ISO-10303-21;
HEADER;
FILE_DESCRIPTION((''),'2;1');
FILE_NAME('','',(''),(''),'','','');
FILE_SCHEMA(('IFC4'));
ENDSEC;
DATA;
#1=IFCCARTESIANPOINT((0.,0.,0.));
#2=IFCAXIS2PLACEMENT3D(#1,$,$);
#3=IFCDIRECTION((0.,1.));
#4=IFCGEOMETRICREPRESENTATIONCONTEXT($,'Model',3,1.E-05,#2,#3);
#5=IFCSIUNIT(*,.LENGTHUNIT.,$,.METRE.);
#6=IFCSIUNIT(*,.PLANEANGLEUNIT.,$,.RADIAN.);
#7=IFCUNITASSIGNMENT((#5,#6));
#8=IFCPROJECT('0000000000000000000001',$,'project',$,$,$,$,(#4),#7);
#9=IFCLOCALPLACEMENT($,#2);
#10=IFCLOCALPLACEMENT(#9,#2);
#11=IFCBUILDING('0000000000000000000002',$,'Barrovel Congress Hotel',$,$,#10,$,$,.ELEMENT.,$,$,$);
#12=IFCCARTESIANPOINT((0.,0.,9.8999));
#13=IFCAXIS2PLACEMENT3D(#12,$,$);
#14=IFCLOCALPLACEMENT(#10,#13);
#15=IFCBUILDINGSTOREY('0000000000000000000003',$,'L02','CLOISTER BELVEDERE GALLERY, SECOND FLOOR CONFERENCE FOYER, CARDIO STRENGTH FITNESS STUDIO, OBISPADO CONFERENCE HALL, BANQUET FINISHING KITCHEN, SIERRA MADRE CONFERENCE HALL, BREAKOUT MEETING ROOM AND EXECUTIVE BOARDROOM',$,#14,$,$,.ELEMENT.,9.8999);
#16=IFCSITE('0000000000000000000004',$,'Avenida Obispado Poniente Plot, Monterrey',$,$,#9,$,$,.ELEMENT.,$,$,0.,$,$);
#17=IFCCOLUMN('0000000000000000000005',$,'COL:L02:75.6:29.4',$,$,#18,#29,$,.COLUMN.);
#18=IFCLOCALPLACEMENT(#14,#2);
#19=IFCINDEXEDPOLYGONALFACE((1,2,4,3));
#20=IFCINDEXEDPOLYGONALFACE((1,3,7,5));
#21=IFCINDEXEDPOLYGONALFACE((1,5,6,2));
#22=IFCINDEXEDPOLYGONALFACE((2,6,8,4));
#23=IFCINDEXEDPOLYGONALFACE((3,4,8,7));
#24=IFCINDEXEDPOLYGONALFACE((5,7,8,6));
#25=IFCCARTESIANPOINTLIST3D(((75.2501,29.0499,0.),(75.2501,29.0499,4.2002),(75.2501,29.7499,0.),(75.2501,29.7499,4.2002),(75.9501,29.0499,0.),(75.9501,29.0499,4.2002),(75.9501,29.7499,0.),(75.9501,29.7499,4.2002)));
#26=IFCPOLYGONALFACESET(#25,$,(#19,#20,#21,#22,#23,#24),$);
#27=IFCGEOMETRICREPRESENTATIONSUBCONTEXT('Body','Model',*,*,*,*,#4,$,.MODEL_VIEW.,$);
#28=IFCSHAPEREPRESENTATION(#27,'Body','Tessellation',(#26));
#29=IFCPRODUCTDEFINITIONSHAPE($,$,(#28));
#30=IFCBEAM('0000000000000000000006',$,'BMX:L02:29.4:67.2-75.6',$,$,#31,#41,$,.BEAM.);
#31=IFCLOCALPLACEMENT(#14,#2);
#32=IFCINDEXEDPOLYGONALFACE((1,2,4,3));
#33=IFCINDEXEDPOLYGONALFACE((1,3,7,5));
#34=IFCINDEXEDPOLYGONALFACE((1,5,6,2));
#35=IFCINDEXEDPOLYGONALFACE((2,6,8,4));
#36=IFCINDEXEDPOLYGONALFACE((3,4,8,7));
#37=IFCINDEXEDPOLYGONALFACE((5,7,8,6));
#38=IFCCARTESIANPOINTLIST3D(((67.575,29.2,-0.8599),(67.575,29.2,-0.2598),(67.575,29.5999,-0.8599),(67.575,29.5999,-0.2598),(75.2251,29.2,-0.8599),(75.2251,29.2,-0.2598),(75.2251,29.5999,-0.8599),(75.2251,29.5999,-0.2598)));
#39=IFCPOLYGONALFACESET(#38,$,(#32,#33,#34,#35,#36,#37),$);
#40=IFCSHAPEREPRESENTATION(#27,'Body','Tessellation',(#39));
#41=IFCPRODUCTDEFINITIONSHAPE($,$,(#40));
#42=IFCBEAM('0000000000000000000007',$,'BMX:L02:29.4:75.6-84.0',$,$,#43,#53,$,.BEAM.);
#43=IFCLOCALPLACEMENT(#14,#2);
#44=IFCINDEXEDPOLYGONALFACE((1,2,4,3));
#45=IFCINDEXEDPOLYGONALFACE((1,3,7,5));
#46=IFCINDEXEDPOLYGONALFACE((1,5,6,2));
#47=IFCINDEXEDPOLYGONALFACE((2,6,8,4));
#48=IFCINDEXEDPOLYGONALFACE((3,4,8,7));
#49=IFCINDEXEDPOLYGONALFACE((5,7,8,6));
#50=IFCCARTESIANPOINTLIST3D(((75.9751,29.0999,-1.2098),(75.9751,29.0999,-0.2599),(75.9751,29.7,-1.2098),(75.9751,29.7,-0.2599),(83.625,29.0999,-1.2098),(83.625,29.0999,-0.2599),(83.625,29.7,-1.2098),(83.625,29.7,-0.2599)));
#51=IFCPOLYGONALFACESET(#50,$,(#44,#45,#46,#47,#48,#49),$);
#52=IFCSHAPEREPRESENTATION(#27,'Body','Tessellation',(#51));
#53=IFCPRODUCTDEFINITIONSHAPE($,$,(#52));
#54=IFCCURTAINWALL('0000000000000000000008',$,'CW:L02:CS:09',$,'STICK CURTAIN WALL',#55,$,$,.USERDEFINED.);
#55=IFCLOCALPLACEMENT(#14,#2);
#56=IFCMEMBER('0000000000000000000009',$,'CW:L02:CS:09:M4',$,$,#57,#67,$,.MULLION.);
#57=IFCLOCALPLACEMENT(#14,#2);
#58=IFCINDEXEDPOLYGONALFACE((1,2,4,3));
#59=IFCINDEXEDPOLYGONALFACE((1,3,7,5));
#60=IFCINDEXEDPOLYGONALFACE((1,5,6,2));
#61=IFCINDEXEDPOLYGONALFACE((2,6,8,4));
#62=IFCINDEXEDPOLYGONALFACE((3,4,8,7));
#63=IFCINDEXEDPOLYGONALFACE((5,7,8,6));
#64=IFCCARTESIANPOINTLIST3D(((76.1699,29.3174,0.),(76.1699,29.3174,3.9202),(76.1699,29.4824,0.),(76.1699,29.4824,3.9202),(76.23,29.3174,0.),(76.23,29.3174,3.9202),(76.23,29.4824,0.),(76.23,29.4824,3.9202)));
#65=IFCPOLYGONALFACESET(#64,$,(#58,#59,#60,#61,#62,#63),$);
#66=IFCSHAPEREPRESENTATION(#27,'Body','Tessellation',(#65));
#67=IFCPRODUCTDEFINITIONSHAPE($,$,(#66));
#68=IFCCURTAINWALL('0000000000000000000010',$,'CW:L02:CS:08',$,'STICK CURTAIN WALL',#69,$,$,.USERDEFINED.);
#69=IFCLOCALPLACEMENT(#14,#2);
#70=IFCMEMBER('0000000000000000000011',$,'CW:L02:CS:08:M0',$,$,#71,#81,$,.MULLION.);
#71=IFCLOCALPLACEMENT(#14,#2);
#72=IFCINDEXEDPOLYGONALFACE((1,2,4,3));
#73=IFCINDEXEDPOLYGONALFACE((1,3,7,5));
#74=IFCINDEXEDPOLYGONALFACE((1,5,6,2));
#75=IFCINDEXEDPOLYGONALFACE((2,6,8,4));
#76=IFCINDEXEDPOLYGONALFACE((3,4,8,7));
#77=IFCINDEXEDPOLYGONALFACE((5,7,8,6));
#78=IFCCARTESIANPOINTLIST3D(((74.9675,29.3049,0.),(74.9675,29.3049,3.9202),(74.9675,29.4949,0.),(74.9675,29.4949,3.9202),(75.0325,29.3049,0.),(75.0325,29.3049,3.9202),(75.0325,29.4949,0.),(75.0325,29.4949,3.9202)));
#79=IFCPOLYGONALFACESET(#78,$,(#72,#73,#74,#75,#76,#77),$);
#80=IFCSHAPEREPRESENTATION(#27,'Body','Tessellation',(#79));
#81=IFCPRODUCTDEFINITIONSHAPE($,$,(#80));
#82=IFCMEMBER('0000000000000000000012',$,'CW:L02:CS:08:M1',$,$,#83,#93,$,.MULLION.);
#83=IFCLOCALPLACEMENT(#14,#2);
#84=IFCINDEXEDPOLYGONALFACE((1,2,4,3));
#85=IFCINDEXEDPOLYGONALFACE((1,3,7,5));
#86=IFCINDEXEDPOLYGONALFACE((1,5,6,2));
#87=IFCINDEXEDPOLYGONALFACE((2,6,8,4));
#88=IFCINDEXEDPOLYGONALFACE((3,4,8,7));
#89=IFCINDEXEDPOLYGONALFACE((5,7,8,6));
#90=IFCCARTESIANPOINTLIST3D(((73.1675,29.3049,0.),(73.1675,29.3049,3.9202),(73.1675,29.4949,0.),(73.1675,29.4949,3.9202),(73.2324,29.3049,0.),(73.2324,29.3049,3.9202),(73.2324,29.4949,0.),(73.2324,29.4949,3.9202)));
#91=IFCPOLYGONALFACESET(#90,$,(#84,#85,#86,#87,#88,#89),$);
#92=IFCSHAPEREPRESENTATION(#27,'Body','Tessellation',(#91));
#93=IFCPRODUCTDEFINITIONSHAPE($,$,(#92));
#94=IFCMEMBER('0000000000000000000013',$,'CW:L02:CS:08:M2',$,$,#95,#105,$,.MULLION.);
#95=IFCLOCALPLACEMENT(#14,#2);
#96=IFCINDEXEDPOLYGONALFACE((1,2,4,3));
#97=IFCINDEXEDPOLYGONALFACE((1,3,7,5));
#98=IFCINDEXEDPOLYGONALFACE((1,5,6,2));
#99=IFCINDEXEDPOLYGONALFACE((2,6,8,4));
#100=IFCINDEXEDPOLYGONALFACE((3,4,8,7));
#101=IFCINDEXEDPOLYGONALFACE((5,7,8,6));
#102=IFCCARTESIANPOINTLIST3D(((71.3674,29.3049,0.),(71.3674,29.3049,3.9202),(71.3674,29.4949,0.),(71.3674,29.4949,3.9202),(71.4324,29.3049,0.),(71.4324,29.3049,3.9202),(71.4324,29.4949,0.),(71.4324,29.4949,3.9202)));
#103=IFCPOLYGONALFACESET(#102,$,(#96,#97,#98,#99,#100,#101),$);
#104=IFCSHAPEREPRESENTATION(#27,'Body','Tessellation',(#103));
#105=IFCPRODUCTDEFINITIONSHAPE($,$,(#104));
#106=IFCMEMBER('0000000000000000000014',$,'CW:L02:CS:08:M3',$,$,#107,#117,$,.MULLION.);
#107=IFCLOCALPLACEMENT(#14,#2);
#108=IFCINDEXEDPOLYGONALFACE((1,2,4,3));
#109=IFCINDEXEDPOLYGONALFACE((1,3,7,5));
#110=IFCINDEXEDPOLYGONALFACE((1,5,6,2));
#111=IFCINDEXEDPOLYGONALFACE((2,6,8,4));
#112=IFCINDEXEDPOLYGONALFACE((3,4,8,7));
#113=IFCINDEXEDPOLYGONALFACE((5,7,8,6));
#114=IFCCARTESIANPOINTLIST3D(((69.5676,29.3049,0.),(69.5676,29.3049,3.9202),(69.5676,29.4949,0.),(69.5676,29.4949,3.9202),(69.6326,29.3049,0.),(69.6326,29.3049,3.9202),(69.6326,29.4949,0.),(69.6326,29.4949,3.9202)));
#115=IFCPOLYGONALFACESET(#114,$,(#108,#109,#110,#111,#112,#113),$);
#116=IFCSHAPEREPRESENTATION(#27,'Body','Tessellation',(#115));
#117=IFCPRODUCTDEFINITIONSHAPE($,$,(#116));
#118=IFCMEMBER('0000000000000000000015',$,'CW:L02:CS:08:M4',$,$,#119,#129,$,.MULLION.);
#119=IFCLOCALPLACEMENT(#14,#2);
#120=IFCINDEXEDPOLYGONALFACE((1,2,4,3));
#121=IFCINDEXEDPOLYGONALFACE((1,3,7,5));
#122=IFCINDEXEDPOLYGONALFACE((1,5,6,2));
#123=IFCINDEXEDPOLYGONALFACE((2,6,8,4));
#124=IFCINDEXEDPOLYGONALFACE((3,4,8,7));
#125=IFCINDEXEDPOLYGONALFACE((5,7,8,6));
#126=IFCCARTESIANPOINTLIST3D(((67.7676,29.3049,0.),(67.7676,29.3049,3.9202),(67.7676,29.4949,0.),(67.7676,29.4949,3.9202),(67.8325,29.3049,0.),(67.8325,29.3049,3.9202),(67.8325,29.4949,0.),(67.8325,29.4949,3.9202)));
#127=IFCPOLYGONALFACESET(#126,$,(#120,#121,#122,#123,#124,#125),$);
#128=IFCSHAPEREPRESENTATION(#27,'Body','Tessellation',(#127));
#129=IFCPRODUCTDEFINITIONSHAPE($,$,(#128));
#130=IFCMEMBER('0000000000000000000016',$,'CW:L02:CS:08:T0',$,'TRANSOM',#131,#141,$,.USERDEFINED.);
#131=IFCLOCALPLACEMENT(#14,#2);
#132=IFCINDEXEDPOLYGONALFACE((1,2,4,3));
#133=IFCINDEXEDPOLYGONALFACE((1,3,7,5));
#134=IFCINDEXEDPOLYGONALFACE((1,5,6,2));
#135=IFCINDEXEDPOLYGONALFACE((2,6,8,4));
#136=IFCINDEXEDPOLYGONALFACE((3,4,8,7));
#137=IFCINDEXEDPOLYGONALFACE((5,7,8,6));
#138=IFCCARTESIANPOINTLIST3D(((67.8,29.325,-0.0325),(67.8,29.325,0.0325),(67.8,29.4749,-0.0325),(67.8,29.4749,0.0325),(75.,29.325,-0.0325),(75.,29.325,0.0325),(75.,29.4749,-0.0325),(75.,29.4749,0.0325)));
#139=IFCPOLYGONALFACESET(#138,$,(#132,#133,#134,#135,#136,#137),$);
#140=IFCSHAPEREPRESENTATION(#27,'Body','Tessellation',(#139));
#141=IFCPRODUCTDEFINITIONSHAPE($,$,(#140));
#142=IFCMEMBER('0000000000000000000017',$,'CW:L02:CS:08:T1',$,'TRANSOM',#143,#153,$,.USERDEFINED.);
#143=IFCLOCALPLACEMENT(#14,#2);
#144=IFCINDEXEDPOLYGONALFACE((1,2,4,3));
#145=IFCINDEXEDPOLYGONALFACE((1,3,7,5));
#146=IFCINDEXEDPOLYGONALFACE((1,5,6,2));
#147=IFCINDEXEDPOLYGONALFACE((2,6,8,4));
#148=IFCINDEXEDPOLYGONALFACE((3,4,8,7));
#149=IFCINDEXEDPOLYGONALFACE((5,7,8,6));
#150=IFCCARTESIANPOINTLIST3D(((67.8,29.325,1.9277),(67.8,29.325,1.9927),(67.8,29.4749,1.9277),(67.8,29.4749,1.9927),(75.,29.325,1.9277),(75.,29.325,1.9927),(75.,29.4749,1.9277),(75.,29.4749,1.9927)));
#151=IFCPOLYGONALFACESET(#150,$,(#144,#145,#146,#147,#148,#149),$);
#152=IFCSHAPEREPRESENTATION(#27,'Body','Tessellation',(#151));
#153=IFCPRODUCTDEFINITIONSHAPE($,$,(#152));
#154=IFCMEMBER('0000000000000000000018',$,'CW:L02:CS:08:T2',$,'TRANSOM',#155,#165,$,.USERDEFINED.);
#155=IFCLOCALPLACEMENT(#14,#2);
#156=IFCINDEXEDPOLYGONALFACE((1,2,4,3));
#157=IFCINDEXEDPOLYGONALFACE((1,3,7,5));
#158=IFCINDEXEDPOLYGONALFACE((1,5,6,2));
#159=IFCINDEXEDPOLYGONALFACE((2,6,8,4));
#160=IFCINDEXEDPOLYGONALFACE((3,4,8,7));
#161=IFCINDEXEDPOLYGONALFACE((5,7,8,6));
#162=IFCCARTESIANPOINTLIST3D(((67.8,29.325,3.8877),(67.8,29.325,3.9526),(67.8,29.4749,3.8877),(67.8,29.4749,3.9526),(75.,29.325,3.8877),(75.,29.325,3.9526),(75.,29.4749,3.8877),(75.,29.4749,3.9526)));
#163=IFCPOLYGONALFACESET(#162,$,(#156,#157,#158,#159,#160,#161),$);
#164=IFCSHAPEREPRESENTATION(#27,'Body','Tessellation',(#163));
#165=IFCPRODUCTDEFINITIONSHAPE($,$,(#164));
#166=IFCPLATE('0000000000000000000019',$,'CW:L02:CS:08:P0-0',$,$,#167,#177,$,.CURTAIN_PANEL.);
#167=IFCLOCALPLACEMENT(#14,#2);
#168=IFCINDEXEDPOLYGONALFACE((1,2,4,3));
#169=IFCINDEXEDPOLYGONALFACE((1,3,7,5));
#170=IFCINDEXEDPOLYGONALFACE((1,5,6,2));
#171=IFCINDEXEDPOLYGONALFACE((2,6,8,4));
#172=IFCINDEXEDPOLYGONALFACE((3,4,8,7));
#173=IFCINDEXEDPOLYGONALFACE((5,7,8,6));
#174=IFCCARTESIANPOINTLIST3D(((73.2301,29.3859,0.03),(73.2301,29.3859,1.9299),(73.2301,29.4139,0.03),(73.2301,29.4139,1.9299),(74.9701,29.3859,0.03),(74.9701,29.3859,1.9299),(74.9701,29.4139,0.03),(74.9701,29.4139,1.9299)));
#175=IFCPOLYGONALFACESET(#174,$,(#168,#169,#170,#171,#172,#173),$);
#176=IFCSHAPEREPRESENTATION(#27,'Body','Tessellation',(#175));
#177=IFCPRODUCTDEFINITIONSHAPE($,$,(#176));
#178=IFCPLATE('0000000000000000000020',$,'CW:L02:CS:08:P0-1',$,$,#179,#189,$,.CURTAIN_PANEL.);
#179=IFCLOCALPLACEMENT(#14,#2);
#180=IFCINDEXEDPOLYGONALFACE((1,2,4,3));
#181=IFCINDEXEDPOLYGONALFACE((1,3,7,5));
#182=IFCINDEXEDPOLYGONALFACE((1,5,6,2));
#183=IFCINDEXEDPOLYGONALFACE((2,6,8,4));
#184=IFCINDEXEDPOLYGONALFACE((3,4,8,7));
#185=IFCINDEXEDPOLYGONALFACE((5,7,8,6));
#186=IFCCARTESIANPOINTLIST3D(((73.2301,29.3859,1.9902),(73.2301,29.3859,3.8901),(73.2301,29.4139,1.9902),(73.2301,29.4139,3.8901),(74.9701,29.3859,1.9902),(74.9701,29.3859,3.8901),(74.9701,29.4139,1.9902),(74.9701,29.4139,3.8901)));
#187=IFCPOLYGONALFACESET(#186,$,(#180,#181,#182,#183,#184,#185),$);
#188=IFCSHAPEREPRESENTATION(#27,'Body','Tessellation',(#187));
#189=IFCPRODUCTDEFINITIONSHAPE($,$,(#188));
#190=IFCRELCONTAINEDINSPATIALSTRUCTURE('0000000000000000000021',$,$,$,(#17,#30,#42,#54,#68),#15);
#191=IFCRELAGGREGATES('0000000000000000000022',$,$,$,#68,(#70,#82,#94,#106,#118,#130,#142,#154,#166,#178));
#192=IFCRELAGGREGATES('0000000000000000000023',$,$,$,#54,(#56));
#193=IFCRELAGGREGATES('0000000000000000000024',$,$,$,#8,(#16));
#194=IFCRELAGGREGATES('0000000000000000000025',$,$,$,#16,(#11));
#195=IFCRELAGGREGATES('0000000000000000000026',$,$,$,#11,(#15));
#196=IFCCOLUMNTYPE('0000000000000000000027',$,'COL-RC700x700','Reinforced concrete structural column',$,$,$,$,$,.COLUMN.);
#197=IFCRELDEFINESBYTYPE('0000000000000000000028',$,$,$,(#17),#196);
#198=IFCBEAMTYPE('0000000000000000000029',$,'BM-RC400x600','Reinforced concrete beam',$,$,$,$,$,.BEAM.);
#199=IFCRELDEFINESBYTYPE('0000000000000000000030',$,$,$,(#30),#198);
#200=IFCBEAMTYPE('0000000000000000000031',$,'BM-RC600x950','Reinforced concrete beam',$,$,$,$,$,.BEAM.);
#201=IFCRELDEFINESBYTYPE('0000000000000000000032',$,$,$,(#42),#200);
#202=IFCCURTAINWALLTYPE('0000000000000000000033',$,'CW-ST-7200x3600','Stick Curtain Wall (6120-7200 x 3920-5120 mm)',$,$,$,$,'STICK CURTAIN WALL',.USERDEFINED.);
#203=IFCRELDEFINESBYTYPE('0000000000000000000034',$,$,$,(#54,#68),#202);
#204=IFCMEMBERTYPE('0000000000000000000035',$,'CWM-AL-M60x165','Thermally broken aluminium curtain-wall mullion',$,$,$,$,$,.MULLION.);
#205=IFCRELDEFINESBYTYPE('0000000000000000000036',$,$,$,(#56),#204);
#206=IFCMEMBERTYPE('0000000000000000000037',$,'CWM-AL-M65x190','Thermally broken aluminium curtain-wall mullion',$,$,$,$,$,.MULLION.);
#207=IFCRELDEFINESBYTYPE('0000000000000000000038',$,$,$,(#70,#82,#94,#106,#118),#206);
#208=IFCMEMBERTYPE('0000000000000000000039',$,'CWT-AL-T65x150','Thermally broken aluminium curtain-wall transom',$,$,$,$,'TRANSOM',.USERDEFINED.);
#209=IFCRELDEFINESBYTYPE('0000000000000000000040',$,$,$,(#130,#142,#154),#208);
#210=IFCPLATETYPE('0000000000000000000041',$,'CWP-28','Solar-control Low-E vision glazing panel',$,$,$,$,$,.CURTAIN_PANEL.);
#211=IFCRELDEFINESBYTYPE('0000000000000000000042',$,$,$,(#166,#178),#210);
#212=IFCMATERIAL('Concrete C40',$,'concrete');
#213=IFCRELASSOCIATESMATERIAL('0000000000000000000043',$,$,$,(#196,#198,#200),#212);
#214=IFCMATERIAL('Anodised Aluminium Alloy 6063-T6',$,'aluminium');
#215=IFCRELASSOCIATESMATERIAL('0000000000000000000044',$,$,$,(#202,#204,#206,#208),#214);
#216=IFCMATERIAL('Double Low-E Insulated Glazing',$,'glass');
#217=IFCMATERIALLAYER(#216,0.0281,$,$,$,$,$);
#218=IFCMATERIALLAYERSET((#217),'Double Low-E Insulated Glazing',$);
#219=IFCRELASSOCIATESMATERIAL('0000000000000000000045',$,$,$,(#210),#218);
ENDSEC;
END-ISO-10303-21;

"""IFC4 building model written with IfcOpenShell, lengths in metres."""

from ifc_helpers import new_model, si_unit, direction, frame, origin, origin_2d, place, context, subcontext, project, spatial, rectangle, extrude, material, layer, layer_set, material_profile, profile_set, type_object, element, aggregate, save


model = new_model("IFC4")

# Units and contexts
model_context = context("Model", 3, precision=1e-05, world=origin(), true_north=direction((0.0, 1.0)))
body_context = subcontext(model_context, "Body", "Model", "MODEL_VIEW")
ifc_project = project(units=[si_unit("LENGTHUNIT", "METRE"), si_unit("PLANEANGLEUNIT", "RADIAN")], contexts=[model_context])

# Site, building, storey
site_placement = place(None, origin())
site = spatial("IfcSite", under=ifc_project, at=site_placement, Name="Avenida Obispado Poniente Plot, Monterrey", CompositionType="ELEMENT", RefElevation=0.0)
building_placement = place(site_placement, origin())
building = spatial("IfcBuilding", under=site, at=building_placement, Name="Barrovel Congress Hotel", CompositionType="ELEMENT")
storey_placement = place(building_placement, frame((0.0, 0.0, 9.8999)))
storey = spatial("IfcBuildingStorey", under=building, at=storey_placement, Name="L02", Description="CLOISTER BELVEDERE GALLERY, SECOND FLOOR CONFERENCE FOYER, CARDIO STRENGTH FITNESS STUDIO, OBISPADO CONFERENCE HALL, BANQUET FINISHING KITCHEN, SIERRA MADRE CONFERENCE HALL, BREAKOUT MEETING ROOM AND EXECUTIVE BOARDROOM", CompositionType="ELEMENT", Elevation=9.8999)

# Column
ifc_material_1 = material(Name="Concrete C40", Category="concrete")
ifc_material_profile_1 = material_profile(ifc_material_1, rectangle(XDim=0.7, YDim=0.7, at=origin_2d()), Name="RC700x700")
ifc_profile_set_1 = profile_set([ifc_material_profile_1], Name="Concrete C40")
column_type = type_object("IfcColumnType", Name="COL-RC700x700", Description="Reinforced concrete structural column", PredefinedType="COLUMN", material=ifc_profile_set_1)
column_placement = place(storey_placement, frame((75.6001, 29.3999, 0.0), z_axis=(0.0, 0.0, 1.0), x_axis=(1.0, 0.0, 0.0)))
element("IfcColumn", 1, at=column_placement, inside=storey, type_object=column_type, Name="COL:L02:75.6:29.4", PredefinedType="COLUMN", context=body_context, shape_type="SweptSolid", body=[
    extrude(rectangle(XDim=0.7, YDim=0.7, at=origin_2d()), origin(), (0.0, 0.0, 1.0), 4.2002),
])

# Beams
ifc_material_profile_2 = material_profile(ifc_material_1, rectangle(XDim=0.3999, YDim=0.6001, at=origin_2d()), Name="RC400x600")
ifc_profile_set_2 = profile_set([ifc_material_profile_2], Name="Concrete C40")
beam_type_1 = type_object("IfcBeamType", Name="BM-RC400x600", Description="Reinforced concrete beam", PredefinedType="BEAM", material=ifc_profile_set_2)
beam_1_placement = place(storey_placement, frame((67.575, 29.3999, -0.5598), z_axis=(1.0, 0.0, 0.0), x_axis=(0.0, 1.0, 0.0)))
element("IfcBeam", 2, at=beam_1_placement, inside=storey, type_object=beam_type_1, Name="BMX:L02:29.4:67.2-75.6", PredefinedType="BEAM", context=body_context, shape_type="SweptSolid", body=[
    extrude(rectangle(XDim=0.3999, YDim=0.6001, at=origin_2d()), origin(), (0.0, 0.0, 1.0), 7.6501),
])
ifc_material_profile_3 = material_profile(ifc_material_1, rectangle(XDim=0.6001, YDim=0.95, at=origin_2d()), Name="RC600x950")
ifc_profile_set_3 = profile_set([ifc_material_profile_3], Name="Concrete C40")
beam_type_2 = type_object("IfcBeamType", Name="BM-RC600x950", Description="Reinforced concrete beam", PredefinedType="BEAM", material=ifc_profile_set_3)
beam_2_placement = place(storey_placement, frame((75.9751, 29.3999, -0.7349), z_axis=(1.0, 0.0, 0.0), x_axis=(0.0, 1.0, 0.0)))
element("IfcBeam", 3, at=beam_2_placement, inside=storey, type_object=beam_type_2, Name="BMX:L02:29.4:75.6-84.0", PredefinedType="BEAM", context=body_context, shape_type="SweptSolid", body=[
    extrude(rectangle(XDim=0.6001, YDim=0.95, at=origin_2d()), origin(), (0.0, 0.0, 1.0), 7.6499),
])

# Curtain wall, member
ifc_material_2 = material(Name="Anodised Aluminium Alloy 6063-T6", Category="aluminium")
curtain_wall_type = type_object("IfcCurtainWallType", Name="CW-ST-7200x3600", Description="Stick Curtain Wall (6120-7200 x 3920-5120 mm)", ElementType="STICK CURTAIN WALL", PredefinedType="USERDEFINED", material=ifc_material_2)
curtain_wall_1_placement = place(storey_placement, origin())
curtain_wall_1 = element("IfcCurtainWall", 4, at=curtain_wall_1_placement, inside=storey, type_object=curtain_wall_type, Name="CW:L02:CS:09", ObjectType="STICK CURTAIN WALL", PredefinedType="USERDEFINED")
ifc_material_profile_4 = material_profile(ifc_material_2, rectangle(XDim=0.0601, YDim=0.165, at=origin_2d()), Name="AL-M60x165")
ifc_profile_set_4 = profile_set([ifc_material_profile_4], Name="Anodised Aluminium Alloy 6063-T6")
member_type_1 = type_object("IfcMemberType", Name="CWM-AL-M60x165", Description="Thermally broken aluminium curtain-wall mullion", PredefinedType="MULLION", material=ifc_profile_set_4)
member_1_placement = place(storey_placement, frame((76.2, 29.3999, 0.0), z_axis=(0.0, 0.0, 1.0), x_axis=(1.0, 0.0, 0.0)))
member_1 = element("IfcMember", 5, at=member_1_placement, type_object=member_type_1, Name="CW:L02:CS:09:M4", PredefinedType="MULLION", context=body_context, shape_type="SweptSolid", body=[
    extrude(rectangle(XDim=0.0601, YDim=0.165, at=origin_2d()), origin(), (0.0, 0.0, 1.0), 3.9202),
])

# Curtain wall, members, plates
curtain_wall_2_placement = place(storey_placement, origin())
curtain_wall_2 = element("IfcCurtainWall", 6, at=curtain_wall_2_placement, inside=storey, type_object=curtain_wall_type, Name="CW:L02:CS:08", ObjectType="STICK CURTAIN WALL", PredefinedType="USERDEFINED")
ifc_material_profile_5 = material_profile(ifc_material_2, rectangle(XDim=0.0649, YDim=0.1899, at=origin_2d()), Name="AL-M65x190")
ifc_profile_set_5 = profile_set([ifc_material_profile_5], Name="Anodised Aluminium Alloy 6063-T6")
member_type_2 = type_object("IfcMemberType", Name="CWM-AL-M65x190", Description="Thermally broken aluminium curtain-wall mullion", PredefinedType="MULLION", material=ifc_profile_set_5)
member_2_placement = place(storey_placement, frame((75.0, 29.3999, 0.0), z_axis=(0.0, 0.0, 1.0), x_axis=(1.0, 0.0, 0.0)))
member_2 = element("IfcMember", 7, at=member_2_placement, type_object=member_type_2, Name="CW:L02:CS:08:M0", PredefinedType="MULLION", context=body_context, shape_type="SweptSolid", body=[
    extrude(rectangle(XDim=0.0649, YDim=0.1899, at=origin_2d()), origin(), (0.0, 0.0, 1.0), 3.9202),
])
member_3_placement = place(storey_placement, frame((73.2, 29.3999, 0.0), z_axis=(0.0, 0.0, 1.0), x_axis=(1.0, 0.0, 0.0)))
member_3 = element("IfcMember", 8, at=member_3_placement, type_object=member_type_2, Name="CW:L02:CS:08:M1", PredefinedType="MULLION", context=body_context, shape_type="SweptSolid", body=[
    extrude(rectangle(XDim=0.0649, YDim=0.1899, at=origin_2d()), origin(), (0.0, 0.0, 1.0), 3.9202),
])
member_4_placement = place(storey_placement, frame((71.3999, 29.3999, 0.0), z_axis=(0.0, 0.0, 1.0), x_axis=(1.0, 0.0, 0.0)))
member_4 = element("IfcMember", 9, at=member_4_placement, type_object=member_type_2, Name="CW:L02:CS:08:M2", PredefinedType="MULLION", context=body_context, shape_type="SweptSolid", body=[
    extrude(rectangle(XDim=0.0649, YDim=0.1899, at=origin_2d()), origin(), (0.0, 0.0, 1.0), 3.9202),
])
member_5_placement = place(storey_placement, frame((69.6001, 29.3999, 0.0), z_axis=(0.0, 0.0, 1.0), x_axis=(1.0, 0.0, 0.0)))
member_5 = element("IfcMember", 10, at=member_5_placement, type_object=member_type_2, Name="CW:L02:CS:08:M3", PredefinedType="MULLION", context=body_context, shape_type="SweptSolid", body=[
    extrude(rectangle(XDim=0.0649, YDim=0.1899, at=origin_2d()), origin(), (0.0, 0.0, 1.0), 3.9202),
])
member_6_placement = place(storey_placement, frame((67.8, 29.3999, 0.0), z_axis=(0.0, 0.0, 1.0), x_axis=(1.0, 0.0, 0.0)))
member_6 = element("IfcMember", 11, at=member_6_placement, type_object=member_type_2, Name="CW:L02:CS:08:M4", PredefinedType="MULLION", context=body_context, shape_type="SweptSolid", body=[
    extrude(rectangle(XDim=0.0649, YDim=0.1899, at=origin_2d()), origin(), (0.0, 0.0, 1.0), 3.9202),
])
ifc_material_profile_6 = material_profile(ifc_material_2, rectangle(XDim=0.1499, YDim=0.0649, at=origin_2d()), Name="AL-T65x150")
ifc_profile_set_6 = profile_set([ifc_material_profile_6], Name="Anodised Aluminium Alloy 6063-T6")
member_type_3 = type_object("IfcMemberType", Name="CWT-AL-T65x150", Description="Thermally broken aluminium curtain-wall transom", ElementType="TRANSOM", PredefinedType="USERDEFINED", material=ifc_profile_set_6)
member_7_placement = place(storey_placement, frame((75.0, 29.3999, 0.0), z_axis=(-1.0, 0.0, 0.0), x_axis=(0.0, -1.0, 0.0)))
member_7 = element("IfcMember", 12, at=member_7_placement, type_object=member_type_3, Name="CW:L02:CS:08:T0", ObjectType="TRANSOM", PredefinedType="USERDEFINED", context=body_context, shape_type="SweptSolid", body=[
    extrude(rectangle(XDim=0.1499, YDim=0.0649, at=origin_2d()), origin(), (0.0, 0.0, 1.0), 7.2),
])
member_8_placement = place(storey_placement, frame((75.0, 29.3999, 1.9602), z_axis=(-1.0, 0.0, 0.0), x_axis=(0.0, -1.0, 0.0)))
member_8 = element("IfcMember", 13, at=member_8_placement, type_object=member_type_3, Name="CW:L02:CS:08:T1", ObjectType="TRANSOM", PredefinedType="USERDEFINED", context=body_context, shape_type="SweptSolid", body=[
    extrude(rectangle(XDim=0.1499, YDim=0.0649, at=origin_2d()), origin(), (0.0, 0.0, 1.0), 7.2),
])
member_9_placement = place(storey_placement, frame((75.0, 29.3999, 3.9202), z_axis=(-1.0, 0.0, 0.0), x_axis=(0.0, -1.0, 0.0)))
member_9 = element("IfcMember", 14, at=member_9_placement, type_object=member_type_3, Name="CW:L02:CS:08:T2", ObjectType="TRANSOM", PredefinedType="USERDEFINED", context=body_context, shape_type="SweptSolid", body=[
    extrude(rectangle(XDim=0.1499, YDim=0.0649, at=origin_2d()), origin(), (0.0, 0.0, 1.0), 7.2),
])
ifc_material_3 = material(Name="Double Low-E Insulated Glazing", Category="glass")
ifc_layer_1 = layer(ifc_material_3, 0.0281)
ifc_layer_set_1 = layer_set([ifc_layer_1], Name="Double Low-E Insulated Glazing")
plate_type_1 = type_object("IfcPlateType", Name="CWP-28", Description="Solar-control Low-E vision glazing panel", PredefinedType="CURTAIN_PANEL", material=ifc_layer_set_1)
plate_1_placement = place(storey_placement, frame((74.1001, 29.3999, 0.03), z_axis=(0.0, 0.0, 1.0), x_axis=(-1.0, 0.0, 0.0)))
plate_1 = element("IfcPlate", 15, at=plate_1_placement, type_object=plate_type_1, Name="CW:L02:CS:08:P0-0", PredefinedType="CURTAIN_PANEL", context=body_context, shape_type="SweptSolid", body=[
    extrude(rectangle(XDim=1.74, YDim=0.0281, at=origin_2d()), origin(), (0.0, 0.0, 1.0), 1.8999),
])
plate_2_placement = place(storey_placement, frame((74.1001, 29.3999, 1.9902), z_axis=(0.0, 0.0, 1.0), x_axis=(-1.0, 0.0, 0.0)))
plate_2 = element("IfcPlate", 16, at=plate_2_placement, type_object=plate_type_1, Name="CW:L02:CS:08:P0-1", PredefinedType="CURTAIN_PANEL", context=body_context, shape_type="SweptSolid", body=[
    extrude(rectangle(XDim=1.74, YDim=0.0281, at=origin_2d()), origin(), (0.0, 0.0, 1.0), 1.8999),
])
aggregate(curtain_wall_2, [member_2, member_3, member_4, member_5, member_6, member_7, member_8, member_9, plate_1, plate_2])

aggregate(curtain_wall_1, [member_1])

save(model, "model.ifc")
